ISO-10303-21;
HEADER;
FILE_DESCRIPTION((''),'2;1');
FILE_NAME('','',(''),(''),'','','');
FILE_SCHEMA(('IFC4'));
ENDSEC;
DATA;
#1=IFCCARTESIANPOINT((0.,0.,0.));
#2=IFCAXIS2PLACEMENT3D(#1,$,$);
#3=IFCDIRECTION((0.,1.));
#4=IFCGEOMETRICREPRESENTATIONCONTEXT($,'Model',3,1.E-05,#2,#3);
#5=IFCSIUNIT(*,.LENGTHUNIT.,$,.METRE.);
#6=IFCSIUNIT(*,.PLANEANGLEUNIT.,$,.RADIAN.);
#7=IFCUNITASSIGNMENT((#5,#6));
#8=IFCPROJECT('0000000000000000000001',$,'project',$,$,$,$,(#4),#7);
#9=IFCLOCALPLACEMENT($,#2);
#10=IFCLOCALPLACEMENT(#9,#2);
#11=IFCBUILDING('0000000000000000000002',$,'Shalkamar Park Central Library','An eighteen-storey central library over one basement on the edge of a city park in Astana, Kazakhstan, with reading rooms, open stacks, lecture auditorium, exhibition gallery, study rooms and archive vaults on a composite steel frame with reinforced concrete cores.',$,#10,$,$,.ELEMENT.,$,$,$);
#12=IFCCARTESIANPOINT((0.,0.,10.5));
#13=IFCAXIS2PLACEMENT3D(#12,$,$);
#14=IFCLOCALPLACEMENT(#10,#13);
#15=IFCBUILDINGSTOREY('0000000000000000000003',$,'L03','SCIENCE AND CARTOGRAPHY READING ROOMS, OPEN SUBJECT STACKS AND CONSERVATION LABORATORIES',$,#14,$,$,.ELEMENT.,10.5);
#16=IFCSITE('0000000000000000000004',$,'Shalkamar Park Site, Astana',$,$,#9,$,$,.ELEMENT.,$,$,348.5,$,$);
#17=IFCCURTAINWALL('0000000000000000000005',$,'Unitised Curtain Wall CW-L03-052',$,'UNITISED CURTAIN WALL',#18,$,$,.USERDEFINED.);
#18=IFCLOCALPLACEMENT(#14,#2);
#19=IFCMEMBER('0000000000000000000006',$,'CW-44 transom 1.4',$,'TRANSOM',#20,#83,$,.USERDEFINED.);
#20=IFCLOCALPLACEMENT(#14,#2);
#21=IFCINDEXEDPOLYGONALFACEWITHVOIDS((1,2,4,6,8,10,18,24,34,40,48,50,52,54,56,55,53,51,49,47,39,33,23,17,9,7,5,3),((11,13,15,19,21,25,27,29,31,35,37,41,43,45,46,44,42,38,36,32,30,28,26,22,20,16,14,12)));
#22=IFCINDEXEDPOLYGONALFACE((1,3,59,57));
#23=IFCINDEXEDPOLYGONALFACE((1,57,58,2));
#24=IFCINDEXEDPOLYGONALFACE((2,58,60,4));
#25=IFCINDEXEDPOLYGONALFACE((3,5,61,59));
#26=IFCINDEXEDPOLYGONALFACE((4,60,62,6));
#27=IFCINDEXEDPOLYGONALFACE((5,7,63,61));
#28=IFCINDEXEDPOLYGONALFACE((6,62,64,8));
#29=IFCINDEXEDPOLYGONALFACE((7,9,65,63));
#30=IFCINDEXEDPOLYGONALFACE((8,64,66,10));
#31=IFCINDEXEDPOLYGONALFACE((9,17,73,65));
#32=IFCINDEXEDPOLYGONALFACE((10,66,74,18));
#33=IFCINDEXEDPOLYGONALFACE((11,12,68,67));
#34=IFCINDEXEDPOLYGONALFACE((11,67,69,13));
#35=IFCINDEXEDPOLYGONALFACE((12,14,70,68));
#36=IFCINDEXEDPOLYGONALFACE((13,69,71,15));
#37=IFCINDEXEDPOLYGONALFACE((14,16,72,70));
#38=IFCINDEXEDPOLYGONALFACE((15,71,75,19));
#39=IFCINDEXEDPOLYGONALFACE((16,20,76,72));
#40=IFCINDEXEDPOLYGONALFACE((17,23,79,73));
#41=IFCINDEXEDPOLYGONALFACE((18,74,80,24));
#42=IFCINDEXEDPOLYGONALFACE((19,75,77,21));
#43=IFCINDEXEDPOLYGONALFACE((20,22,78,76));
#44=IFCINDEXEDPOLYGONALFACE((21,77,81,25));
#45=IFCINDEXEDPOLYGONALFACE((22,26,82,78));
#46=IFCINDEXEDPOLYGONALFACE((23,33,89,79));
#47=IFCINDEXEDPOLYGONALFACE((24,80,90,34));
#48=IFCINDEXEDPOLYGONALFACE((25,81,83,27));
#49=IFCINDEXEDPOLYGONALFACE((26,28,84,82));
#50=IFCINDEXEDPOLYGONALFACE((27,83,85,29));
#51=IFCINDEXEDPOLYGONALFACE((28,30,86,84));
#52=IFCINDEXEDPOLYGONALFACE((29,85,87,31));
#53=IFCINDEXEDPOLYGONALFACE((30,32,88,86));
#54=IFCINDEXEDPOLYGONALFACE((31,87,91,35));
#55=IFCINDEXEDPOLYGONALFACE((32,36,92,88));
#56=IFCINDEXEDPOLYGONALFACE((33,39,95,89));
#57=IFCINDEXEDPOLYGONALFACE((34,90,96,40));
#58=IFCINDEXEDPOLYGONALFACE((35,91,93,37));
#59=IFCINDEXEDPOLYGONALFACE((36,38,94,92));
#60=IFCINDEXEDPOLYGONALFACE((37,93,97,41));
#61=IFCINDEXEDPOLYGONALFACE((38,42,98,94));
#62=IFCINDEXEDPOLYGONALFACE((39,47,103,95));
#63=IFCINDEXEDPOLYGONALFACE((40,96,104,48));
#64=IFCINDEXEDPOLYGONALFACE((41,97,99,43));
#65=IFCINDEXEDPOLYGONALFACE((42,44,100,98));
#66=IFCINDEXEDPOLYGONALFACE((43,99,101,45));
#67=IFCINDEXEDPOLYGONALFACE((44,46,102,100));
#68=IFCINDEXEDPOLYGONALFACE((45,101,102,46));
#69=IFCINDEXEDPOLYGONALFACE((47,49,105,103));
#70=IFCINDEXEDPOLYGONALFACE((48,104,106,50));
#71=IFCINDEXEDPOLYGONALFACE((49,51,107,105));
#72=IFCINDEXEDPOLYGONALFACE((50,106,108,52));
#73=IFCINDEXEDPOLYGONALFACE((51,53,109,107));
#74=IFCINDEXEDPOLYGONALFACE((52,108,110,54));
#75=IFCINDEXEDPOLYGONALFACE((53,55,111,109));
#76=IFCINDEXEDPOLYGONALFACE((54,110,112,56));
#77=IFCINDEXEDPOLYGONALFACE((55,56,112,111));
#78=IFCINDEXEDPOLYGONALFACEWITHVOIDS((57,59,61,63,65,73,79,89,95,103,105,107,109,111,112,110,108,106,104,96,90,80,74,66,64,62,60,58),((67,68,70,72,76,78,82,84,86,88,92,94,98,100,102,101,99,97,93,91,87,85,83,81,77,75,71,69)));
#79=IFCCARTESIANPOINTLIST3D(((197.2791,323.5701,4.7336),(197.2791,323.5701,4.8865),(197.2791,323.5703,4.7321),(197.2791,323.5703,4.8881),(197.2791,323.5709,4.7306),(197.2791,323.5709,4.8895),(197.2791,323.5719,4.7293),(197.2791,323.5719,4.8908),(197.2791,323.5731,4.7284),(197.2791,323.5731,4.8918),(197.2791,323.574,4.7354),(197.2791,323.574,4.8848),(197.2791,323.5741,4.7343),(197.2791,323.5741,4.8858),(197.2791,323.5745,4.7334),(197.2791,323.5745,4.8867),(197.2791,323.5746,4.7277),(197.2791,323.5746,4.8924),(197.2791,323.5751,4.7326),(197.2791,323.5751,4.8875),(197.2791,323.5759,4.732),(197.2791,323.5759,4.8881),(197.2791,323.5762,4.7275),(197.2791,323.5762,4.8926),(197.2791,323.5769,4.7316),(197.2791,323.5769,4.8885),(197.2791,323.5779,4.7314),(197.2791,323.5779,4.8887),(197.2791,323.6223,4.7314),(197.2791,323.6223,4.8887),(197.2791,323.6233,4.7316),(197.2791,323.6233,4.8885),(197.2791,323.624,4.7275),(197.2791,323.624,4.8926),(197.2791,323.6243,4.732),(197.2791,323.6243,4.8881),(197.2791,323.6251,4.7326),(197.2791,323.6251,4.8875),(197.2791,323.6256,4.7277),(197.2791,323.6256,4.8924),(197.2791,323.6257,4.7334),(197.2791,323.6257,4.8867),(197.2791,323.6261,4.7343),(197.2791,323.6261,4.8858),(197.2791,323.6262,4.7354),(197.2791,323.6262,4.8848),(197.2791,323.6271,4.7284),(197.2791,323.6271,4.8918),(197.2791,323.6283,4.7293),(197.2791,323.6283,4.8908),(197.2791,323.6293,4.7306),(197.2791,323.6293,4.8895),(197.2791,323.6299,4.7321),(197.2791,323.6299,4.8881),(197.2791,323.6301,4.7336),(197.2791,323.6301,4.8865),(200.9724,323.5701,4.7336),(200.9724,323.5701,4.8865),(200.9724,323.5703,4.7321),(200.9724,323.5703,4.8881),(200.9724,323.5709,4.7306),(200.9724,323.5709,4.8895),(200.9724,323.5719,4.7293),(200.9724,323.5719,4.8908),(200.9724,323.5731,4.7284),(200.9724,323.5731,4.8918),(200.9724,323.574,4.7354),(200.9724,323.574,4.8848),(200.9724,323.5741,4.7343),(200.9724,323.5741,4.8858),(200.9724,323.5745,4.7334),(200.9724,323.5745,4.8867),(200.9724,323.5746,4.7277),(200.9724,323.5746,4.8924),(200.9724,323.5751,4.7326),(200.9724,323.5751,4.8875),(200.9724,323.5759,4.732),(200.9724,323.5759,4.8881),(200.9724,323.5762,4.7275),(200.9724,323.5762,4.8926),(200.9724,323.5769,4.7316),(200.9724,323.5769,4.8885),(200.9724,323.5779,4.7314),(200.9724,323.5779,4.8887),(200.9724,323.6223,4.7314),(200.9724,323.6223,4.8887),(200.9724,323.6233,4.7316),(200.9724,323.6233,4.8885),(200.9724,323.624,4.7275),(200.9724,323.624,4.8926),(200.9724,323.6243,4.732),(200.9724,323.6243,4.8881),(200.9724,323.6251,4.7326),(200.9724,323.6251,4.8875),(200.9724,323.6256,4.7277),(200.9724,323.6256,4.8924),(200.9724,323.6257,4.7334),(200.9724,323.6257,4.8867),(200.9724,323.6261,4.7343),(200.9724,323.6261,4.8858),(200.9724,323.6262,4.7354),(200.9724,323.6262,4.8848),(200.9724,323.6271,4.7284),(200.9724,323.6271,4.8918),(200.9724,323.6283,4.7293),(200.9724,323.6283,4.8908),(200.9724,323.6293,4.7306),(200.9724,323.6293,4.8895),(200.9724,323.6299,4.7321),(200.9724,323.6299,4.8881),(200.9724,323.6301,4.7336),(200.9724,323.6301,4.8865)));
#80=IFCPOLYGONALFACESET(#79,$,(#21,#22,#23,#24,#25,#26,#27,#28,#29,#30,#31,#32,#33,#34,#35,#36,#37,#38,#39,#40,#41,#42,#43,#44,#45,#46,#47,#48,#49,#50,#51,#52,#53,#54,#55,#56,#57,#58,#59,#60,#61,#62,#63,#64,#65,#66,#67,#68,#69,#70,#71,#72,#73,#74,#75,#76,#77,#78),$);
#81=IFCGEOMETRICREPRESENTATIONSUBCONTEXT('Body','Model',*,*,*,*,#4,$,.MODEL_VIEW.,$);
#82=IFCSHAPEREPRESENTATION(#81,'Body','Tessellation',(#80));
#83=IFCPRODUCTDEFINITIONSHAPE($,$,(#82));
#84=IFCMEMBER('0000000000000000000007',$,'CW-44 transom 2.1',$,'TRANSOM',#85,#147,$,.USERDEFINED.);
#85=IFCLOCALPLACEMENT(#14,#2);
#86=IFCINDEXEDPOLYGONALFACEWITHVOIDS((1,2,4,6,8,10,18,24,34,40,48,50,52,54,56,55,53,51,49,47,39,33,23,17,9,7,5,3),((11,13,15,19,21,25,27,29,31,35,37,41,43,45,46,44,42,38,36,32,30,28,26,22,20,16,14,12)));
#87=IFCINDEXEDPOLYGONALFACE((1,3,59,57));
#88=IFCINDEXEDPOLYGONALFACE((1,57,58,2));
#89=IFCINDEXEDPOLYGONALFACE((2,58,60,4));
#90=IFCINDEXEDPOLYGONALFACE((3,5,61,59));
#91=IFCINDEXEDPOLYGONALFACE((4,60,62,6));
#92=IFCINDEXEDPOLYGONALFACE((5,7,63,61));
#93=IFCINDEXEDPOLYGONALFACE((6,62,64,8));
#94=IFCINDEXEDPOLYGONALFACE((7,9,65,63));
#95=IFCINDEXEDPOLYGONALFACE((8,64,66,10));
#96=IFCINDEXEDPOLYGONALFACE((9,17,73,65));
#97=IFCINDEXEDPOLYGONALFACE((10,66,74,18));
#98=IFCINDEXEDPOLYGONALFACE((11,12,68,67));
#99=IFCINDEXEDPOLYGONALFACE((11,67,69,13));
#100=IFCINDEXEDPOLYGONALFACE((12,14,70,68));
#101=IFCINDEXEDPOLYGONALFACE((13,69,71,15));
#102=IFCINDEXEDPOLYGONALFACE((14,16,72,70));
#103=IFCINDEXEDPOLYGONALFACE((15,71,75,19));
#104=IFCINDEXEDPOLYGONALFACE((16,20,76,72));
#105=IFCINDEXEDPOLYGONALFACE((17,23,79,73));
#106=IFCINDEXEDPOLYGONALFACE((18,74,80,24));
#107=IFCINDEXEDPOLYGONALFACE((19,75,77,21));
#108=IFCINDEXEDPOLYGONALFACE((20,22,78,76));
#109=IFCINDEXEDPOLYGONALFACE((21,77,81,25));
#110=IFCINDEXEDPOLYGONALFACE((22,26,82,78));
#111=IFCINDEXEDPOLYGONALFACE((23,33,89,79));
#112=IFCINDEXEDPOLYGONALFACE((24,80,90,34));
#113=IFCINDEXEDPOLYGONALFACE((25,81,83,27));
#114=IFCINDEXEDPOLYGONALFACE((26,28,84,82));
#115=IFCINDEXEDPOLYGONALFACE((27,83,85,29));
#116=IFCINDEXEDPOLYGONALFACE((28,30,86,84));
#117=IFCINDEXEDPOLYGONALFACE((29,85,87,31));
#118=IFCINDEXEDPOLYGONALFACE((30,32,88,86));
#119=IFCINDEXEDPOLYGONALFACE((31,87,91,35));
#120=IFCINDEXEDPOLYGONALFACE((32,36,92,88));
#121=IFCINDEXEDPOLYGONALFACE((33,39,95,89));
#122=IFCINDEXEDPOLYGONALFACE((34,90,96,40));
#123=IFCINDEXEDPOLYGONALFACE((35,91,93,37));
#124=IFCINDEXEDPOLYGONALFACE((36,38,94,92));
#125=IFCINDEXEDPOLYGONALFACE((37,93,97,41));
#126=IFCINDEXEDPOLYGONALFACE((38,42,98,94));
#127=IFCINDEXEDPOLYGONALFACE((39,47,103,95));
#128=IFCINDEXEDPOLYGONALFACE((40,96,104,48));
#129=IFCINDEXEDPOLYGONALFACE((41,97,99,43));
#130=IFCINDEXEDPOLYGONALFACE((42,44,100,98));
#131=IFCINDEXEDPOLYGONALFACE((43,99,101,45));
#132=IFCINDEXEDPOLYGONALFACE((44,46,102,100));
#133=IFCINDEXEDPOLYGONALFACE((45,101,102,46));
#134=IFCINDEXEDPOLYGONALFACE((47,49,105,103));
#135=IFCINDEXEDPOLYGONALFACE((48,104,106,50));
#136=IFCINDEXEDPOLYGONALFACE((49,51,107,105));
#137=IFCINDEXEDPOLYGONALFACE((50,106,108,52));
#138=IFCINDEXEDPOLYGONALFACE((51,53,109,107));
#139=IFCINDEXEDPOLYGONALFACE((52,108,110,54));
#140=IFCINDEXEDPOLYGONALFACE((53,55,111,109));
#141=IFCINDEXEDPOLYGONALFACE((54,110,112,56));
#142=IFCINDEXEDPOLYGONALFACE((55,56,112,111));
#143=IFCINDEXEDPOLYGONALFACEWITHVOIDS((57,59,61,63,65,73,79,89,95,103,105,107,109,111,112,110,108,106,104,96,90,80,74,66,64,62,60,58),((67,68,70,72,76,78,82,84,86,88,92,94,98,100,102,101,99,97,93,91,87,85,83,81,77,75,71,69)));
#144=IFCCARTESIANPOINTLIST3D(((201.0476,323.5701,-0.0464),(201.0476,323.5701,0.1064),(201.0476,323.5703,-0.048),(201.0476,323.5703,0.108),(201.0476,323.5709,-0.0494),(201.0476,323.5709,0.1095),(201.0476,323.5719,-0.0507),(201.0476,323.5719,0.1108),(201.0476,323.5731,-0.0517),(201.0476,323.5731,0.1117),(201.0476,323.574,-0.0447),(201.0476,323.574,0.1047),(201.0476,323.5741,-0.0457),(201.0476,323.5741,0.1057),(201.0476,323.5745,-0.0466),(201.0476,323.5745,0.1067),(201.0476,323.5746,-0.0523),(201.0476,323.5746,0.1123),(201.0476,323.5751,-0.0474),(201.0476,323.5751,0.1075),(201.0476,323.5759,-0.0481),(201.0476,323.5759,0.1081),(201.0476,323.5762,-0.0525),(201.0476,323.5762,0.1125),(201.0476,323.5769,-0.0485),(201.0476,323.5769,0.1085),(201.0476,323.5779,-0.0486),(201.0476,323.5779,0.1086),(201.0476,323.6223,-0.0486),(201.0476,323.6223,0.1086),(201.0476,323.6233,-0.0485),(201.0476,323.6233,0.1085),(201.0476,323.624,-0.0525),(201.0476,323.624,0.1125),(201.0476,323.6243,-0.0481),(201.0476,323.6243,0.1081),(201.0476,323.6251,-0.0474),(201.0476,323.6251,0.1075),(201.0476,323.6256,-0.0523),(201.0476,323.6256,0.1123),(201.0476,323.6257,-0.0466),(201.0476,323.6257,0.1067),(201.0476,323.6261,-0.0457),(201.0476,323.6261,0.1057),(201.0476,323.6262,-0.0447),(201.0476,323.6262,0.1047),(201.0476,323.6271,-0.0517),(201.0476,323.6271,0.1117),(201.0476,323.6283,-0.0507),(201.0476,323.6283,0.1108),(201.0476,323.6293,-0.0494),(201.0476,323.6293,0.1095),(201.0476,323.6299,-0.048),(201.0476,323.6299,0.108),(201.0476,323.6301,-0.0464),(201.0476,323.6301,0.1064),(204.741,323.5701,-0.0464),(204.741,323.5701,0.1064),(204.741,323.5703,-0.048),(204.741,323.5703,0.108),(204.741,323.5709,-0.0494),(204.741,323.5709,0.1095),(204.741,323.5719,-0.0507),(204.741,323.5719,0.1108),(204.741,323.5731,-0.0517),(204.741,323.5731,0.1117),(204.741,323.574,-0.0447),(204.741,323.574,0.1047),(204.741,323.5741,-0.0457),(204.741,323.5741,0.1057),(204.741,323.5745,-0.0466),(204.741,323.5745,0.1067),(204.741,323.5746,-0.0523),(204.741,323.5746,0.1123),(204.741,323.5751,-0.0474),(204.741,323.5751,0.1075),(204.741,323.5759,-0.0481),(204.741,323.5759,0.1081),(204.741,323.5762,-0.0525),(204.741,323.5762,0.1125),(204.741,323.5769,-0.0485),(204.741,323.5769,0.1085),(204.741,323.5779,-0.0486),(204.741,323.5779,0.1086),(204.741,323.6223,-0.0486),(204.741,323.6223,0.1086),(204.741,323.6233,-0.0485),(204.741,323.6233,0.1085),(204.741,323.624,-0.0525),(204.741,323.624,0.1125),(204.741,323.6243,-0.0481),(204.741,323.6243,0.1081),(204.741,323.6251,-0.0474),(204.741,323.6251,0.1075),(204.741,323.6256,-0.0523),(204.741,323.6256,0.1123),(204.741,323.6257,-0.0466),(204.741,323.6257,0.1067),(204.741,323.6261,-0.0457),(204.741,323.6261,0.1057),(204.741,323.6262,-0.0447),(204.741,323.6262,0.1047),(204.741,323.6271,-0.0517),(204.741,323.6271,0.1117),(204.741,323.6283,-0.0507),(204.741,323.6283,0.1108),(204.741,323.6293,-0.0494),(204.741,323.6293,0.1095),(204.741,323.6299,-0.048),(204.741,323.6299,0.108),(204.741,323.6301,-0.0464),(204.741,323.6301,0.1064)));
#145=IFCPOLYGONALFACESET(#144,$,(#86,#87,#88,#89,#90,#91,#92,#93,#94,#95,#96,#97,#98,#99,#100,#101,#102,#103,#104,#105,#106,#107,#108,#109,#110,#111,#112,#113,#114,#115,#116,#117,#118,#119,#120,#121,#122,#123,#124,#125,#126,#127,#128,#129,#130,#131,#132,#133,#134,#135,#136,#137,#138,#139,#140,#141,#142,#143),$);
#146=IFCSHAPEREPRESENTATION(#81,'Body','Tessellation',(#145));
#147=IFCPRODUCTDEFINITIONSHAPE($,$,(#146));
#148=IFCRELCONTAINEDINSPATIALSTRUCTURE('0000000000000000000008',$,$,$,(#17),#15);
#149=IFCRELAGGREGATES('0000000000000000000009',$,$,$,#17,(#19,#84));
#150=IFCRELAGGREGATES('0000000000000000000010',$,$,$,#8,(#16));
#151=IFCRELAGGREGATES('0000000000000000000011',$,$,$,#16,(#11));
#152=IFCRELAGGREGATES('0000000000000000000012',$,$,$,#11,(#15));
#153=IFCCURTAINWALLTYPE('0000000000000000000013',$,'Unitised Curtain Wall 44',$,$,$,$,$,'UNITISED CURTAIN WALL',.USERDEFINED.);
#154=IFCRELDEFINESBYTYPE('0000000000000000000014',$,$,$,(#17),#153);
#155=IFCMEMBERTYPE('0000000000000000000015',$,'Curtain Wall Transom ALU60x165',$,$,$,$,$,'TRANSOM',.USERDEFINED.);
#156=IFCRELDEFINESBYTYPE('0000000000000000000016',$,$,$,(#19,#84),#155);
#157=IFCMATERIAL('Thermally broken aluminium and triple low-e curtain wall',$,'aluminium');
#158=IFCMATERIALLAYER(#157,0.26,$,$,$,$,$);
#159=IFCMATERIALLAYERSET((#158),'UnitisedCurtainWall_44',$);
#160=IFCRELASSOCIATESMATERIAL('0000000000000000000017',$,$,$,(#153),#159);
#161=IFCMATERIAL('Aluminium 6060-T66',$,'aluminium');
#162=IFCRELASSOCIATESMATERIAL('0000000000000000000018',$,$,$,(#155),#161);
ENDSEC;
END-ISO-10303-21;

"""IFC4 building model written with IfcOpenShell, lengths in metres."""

from ifc_helpers import new_model, si_unit, direction, frame, origin, origin_2d, place, context, subcontext, project, spatial, hollow_rectangle, extrude, material, layer, layer_set, material_profile, profile_set, type_object, element, aggregate, save


model = new_model("IFC4")

# Units and contexts
model_context = context("Model", 3, precision=1e-05, world=origin(), true_north=direction((0.0, 1.0)))
body_context = subcontext(model_context, "Body", "Model", "MODEL_VIEW")
ifc_project = project(units=[si_unit("LENGTHUNIT", "METRE"), si_unit("PLANEANGLEUNIT", "RADIAN")], contexts=[model_context])

# Site, building, storey
site_placement = place(None, origin())
site = spatial("IfcSite", under=ifc_project, at=site_placement, Name="Shalkamar Park Site, Astana", CompositionType="ELEMENT", RefElevation=348.5)
building_placement = place(site_placement, origin())
building = spatial("IfcBuilding", under=site, at=building_placement, Name="Shalkamar Park Central Library", Description="An eighteen-storey central library over one basement on the edge of a city park in Astana, Kazakhstan, with reading rooms, open stacks, lecture auditorium, exhibition gallery, study rooms and archive vaults on a composite steel frame with reinforced concrete cores.", CompositionType="ELEMENT")
storey_placement = place(building_placement, frame((0.0, 0.0, 10.5)))
storey = spatial("IfcBuildingStorey", under=building, at=storey_placement, Name="L03", Description="SCIENCE AND CARTOGRAPHY READING ROOMS, OPEN SUBJECT STACKS AND CONSERVATION LABORATORIES", CompositionType="ELEMENT", Elevation=10.5)

# Shared definitions
ifc_material_1 = material(Name="Thermally broken aluminium and triple low-e curtain wall", Category="aluminium")
ifc_material_2 = material(Name="Aluminium 6060-T66", Category="aluminium")

# Curtain wall, members
ifc_layer_1 = layer(ifc_material_1, 0.26)
ifc_layer_set_1 = layer_set([ifc_layer_1], Name="UnitisedCurtainWall_44")
curtain_wall_type_1 = type_object("IfcCurtainWallType", Name="Unitised Curtain Wall 44", ElementType="UNITISED CURTAIN WALL", PredefinedType="USERDEFINED", material=ifc_layer_set_1)
curtain_wall_1_placement = place(storey_placement, origin())
curtain_wall_1 = element("IfcCurtainWall", 1, at=curtain_wall_1_placement, inside=storey, type_object=curtain_wall_type_1, Name="Unitised Curtain Wall CW-L03-052", ObjectType="UNITISED CURTAIN WALL", PredefinedType="USERDEFINED")
ifc_material_profile_1 = material_profile(ifc_material_2, hollow_rectangle(XDim=0.0601, YDim=0.165, WallThickness=0.0039, InnerFilletRadius=0.0039, OuterFilletRadius=0.0061, at=origin_2d()), Name="ALU 60x165x4")
ifc_profile_set_1 = profile_set([ifc_material_profile_1], Name="Aluminium 6060-T66")
member_type_1 = type_object("IfcMemberType", Name="Curtain Wall Transom ALU60x165", ElementType="TRANSOM", PredefinedType="USERDEFINED", material=ifc_profile_set_1)
member_1_placement = place(storey_placement, frame((197.2791, 323.6001, 4.8101), z_axis=(1.0, 0.0, 0.0), x_axis=(0.0, 1.0, 0.0)))
member_1 = element("IfcMember", 2, at=member_1_placement, type_object=member_type_1, Name="CW-44 transom 1.4", ObjectType="TRANSOM", PredefinedType="USERDEFINED", context=body_context, shape_type="SweptSolid", body=[
    extrude(hollow_rectangle(XDim=0.0601, YDim=0.165, WallThickness=0.0039, InnerFilletRadius=0.0039, OuterFilletRadius=0.0061, at=origin_2d()), origin(), (0.0, 0.0, 1.0), 3.6934),
])
member_2_placement = place(storey_placement, frame((201.0476, 323.6001, 0.03), z_axis=(1.0, 0.0, 0.0), x_axis=(0.0, 1.0, 0.0)))
member_2 = element("IfcMember", 3, at=member_2_placement, type_object=member_type_1, Name="CW-44 transom 2.1", ObjectType="TRANSOM", PredefinedType="USERDEFINED", context=body_context, shape_type="SweptSolid", body=[
    extrude(hollow_rectangle(XDim=0.0601, YDim=0.165, WallThickness=0.0039, InnerFilletRadius=0.0039, OuterFilletRadius=0.0061, at=origin_2d()), origin(), (0.0, 0.0, 1.0), 3.6934),
])

aggregate(curtain_wall_1, [member_1, member_2])

save(model, "model.ifc")
